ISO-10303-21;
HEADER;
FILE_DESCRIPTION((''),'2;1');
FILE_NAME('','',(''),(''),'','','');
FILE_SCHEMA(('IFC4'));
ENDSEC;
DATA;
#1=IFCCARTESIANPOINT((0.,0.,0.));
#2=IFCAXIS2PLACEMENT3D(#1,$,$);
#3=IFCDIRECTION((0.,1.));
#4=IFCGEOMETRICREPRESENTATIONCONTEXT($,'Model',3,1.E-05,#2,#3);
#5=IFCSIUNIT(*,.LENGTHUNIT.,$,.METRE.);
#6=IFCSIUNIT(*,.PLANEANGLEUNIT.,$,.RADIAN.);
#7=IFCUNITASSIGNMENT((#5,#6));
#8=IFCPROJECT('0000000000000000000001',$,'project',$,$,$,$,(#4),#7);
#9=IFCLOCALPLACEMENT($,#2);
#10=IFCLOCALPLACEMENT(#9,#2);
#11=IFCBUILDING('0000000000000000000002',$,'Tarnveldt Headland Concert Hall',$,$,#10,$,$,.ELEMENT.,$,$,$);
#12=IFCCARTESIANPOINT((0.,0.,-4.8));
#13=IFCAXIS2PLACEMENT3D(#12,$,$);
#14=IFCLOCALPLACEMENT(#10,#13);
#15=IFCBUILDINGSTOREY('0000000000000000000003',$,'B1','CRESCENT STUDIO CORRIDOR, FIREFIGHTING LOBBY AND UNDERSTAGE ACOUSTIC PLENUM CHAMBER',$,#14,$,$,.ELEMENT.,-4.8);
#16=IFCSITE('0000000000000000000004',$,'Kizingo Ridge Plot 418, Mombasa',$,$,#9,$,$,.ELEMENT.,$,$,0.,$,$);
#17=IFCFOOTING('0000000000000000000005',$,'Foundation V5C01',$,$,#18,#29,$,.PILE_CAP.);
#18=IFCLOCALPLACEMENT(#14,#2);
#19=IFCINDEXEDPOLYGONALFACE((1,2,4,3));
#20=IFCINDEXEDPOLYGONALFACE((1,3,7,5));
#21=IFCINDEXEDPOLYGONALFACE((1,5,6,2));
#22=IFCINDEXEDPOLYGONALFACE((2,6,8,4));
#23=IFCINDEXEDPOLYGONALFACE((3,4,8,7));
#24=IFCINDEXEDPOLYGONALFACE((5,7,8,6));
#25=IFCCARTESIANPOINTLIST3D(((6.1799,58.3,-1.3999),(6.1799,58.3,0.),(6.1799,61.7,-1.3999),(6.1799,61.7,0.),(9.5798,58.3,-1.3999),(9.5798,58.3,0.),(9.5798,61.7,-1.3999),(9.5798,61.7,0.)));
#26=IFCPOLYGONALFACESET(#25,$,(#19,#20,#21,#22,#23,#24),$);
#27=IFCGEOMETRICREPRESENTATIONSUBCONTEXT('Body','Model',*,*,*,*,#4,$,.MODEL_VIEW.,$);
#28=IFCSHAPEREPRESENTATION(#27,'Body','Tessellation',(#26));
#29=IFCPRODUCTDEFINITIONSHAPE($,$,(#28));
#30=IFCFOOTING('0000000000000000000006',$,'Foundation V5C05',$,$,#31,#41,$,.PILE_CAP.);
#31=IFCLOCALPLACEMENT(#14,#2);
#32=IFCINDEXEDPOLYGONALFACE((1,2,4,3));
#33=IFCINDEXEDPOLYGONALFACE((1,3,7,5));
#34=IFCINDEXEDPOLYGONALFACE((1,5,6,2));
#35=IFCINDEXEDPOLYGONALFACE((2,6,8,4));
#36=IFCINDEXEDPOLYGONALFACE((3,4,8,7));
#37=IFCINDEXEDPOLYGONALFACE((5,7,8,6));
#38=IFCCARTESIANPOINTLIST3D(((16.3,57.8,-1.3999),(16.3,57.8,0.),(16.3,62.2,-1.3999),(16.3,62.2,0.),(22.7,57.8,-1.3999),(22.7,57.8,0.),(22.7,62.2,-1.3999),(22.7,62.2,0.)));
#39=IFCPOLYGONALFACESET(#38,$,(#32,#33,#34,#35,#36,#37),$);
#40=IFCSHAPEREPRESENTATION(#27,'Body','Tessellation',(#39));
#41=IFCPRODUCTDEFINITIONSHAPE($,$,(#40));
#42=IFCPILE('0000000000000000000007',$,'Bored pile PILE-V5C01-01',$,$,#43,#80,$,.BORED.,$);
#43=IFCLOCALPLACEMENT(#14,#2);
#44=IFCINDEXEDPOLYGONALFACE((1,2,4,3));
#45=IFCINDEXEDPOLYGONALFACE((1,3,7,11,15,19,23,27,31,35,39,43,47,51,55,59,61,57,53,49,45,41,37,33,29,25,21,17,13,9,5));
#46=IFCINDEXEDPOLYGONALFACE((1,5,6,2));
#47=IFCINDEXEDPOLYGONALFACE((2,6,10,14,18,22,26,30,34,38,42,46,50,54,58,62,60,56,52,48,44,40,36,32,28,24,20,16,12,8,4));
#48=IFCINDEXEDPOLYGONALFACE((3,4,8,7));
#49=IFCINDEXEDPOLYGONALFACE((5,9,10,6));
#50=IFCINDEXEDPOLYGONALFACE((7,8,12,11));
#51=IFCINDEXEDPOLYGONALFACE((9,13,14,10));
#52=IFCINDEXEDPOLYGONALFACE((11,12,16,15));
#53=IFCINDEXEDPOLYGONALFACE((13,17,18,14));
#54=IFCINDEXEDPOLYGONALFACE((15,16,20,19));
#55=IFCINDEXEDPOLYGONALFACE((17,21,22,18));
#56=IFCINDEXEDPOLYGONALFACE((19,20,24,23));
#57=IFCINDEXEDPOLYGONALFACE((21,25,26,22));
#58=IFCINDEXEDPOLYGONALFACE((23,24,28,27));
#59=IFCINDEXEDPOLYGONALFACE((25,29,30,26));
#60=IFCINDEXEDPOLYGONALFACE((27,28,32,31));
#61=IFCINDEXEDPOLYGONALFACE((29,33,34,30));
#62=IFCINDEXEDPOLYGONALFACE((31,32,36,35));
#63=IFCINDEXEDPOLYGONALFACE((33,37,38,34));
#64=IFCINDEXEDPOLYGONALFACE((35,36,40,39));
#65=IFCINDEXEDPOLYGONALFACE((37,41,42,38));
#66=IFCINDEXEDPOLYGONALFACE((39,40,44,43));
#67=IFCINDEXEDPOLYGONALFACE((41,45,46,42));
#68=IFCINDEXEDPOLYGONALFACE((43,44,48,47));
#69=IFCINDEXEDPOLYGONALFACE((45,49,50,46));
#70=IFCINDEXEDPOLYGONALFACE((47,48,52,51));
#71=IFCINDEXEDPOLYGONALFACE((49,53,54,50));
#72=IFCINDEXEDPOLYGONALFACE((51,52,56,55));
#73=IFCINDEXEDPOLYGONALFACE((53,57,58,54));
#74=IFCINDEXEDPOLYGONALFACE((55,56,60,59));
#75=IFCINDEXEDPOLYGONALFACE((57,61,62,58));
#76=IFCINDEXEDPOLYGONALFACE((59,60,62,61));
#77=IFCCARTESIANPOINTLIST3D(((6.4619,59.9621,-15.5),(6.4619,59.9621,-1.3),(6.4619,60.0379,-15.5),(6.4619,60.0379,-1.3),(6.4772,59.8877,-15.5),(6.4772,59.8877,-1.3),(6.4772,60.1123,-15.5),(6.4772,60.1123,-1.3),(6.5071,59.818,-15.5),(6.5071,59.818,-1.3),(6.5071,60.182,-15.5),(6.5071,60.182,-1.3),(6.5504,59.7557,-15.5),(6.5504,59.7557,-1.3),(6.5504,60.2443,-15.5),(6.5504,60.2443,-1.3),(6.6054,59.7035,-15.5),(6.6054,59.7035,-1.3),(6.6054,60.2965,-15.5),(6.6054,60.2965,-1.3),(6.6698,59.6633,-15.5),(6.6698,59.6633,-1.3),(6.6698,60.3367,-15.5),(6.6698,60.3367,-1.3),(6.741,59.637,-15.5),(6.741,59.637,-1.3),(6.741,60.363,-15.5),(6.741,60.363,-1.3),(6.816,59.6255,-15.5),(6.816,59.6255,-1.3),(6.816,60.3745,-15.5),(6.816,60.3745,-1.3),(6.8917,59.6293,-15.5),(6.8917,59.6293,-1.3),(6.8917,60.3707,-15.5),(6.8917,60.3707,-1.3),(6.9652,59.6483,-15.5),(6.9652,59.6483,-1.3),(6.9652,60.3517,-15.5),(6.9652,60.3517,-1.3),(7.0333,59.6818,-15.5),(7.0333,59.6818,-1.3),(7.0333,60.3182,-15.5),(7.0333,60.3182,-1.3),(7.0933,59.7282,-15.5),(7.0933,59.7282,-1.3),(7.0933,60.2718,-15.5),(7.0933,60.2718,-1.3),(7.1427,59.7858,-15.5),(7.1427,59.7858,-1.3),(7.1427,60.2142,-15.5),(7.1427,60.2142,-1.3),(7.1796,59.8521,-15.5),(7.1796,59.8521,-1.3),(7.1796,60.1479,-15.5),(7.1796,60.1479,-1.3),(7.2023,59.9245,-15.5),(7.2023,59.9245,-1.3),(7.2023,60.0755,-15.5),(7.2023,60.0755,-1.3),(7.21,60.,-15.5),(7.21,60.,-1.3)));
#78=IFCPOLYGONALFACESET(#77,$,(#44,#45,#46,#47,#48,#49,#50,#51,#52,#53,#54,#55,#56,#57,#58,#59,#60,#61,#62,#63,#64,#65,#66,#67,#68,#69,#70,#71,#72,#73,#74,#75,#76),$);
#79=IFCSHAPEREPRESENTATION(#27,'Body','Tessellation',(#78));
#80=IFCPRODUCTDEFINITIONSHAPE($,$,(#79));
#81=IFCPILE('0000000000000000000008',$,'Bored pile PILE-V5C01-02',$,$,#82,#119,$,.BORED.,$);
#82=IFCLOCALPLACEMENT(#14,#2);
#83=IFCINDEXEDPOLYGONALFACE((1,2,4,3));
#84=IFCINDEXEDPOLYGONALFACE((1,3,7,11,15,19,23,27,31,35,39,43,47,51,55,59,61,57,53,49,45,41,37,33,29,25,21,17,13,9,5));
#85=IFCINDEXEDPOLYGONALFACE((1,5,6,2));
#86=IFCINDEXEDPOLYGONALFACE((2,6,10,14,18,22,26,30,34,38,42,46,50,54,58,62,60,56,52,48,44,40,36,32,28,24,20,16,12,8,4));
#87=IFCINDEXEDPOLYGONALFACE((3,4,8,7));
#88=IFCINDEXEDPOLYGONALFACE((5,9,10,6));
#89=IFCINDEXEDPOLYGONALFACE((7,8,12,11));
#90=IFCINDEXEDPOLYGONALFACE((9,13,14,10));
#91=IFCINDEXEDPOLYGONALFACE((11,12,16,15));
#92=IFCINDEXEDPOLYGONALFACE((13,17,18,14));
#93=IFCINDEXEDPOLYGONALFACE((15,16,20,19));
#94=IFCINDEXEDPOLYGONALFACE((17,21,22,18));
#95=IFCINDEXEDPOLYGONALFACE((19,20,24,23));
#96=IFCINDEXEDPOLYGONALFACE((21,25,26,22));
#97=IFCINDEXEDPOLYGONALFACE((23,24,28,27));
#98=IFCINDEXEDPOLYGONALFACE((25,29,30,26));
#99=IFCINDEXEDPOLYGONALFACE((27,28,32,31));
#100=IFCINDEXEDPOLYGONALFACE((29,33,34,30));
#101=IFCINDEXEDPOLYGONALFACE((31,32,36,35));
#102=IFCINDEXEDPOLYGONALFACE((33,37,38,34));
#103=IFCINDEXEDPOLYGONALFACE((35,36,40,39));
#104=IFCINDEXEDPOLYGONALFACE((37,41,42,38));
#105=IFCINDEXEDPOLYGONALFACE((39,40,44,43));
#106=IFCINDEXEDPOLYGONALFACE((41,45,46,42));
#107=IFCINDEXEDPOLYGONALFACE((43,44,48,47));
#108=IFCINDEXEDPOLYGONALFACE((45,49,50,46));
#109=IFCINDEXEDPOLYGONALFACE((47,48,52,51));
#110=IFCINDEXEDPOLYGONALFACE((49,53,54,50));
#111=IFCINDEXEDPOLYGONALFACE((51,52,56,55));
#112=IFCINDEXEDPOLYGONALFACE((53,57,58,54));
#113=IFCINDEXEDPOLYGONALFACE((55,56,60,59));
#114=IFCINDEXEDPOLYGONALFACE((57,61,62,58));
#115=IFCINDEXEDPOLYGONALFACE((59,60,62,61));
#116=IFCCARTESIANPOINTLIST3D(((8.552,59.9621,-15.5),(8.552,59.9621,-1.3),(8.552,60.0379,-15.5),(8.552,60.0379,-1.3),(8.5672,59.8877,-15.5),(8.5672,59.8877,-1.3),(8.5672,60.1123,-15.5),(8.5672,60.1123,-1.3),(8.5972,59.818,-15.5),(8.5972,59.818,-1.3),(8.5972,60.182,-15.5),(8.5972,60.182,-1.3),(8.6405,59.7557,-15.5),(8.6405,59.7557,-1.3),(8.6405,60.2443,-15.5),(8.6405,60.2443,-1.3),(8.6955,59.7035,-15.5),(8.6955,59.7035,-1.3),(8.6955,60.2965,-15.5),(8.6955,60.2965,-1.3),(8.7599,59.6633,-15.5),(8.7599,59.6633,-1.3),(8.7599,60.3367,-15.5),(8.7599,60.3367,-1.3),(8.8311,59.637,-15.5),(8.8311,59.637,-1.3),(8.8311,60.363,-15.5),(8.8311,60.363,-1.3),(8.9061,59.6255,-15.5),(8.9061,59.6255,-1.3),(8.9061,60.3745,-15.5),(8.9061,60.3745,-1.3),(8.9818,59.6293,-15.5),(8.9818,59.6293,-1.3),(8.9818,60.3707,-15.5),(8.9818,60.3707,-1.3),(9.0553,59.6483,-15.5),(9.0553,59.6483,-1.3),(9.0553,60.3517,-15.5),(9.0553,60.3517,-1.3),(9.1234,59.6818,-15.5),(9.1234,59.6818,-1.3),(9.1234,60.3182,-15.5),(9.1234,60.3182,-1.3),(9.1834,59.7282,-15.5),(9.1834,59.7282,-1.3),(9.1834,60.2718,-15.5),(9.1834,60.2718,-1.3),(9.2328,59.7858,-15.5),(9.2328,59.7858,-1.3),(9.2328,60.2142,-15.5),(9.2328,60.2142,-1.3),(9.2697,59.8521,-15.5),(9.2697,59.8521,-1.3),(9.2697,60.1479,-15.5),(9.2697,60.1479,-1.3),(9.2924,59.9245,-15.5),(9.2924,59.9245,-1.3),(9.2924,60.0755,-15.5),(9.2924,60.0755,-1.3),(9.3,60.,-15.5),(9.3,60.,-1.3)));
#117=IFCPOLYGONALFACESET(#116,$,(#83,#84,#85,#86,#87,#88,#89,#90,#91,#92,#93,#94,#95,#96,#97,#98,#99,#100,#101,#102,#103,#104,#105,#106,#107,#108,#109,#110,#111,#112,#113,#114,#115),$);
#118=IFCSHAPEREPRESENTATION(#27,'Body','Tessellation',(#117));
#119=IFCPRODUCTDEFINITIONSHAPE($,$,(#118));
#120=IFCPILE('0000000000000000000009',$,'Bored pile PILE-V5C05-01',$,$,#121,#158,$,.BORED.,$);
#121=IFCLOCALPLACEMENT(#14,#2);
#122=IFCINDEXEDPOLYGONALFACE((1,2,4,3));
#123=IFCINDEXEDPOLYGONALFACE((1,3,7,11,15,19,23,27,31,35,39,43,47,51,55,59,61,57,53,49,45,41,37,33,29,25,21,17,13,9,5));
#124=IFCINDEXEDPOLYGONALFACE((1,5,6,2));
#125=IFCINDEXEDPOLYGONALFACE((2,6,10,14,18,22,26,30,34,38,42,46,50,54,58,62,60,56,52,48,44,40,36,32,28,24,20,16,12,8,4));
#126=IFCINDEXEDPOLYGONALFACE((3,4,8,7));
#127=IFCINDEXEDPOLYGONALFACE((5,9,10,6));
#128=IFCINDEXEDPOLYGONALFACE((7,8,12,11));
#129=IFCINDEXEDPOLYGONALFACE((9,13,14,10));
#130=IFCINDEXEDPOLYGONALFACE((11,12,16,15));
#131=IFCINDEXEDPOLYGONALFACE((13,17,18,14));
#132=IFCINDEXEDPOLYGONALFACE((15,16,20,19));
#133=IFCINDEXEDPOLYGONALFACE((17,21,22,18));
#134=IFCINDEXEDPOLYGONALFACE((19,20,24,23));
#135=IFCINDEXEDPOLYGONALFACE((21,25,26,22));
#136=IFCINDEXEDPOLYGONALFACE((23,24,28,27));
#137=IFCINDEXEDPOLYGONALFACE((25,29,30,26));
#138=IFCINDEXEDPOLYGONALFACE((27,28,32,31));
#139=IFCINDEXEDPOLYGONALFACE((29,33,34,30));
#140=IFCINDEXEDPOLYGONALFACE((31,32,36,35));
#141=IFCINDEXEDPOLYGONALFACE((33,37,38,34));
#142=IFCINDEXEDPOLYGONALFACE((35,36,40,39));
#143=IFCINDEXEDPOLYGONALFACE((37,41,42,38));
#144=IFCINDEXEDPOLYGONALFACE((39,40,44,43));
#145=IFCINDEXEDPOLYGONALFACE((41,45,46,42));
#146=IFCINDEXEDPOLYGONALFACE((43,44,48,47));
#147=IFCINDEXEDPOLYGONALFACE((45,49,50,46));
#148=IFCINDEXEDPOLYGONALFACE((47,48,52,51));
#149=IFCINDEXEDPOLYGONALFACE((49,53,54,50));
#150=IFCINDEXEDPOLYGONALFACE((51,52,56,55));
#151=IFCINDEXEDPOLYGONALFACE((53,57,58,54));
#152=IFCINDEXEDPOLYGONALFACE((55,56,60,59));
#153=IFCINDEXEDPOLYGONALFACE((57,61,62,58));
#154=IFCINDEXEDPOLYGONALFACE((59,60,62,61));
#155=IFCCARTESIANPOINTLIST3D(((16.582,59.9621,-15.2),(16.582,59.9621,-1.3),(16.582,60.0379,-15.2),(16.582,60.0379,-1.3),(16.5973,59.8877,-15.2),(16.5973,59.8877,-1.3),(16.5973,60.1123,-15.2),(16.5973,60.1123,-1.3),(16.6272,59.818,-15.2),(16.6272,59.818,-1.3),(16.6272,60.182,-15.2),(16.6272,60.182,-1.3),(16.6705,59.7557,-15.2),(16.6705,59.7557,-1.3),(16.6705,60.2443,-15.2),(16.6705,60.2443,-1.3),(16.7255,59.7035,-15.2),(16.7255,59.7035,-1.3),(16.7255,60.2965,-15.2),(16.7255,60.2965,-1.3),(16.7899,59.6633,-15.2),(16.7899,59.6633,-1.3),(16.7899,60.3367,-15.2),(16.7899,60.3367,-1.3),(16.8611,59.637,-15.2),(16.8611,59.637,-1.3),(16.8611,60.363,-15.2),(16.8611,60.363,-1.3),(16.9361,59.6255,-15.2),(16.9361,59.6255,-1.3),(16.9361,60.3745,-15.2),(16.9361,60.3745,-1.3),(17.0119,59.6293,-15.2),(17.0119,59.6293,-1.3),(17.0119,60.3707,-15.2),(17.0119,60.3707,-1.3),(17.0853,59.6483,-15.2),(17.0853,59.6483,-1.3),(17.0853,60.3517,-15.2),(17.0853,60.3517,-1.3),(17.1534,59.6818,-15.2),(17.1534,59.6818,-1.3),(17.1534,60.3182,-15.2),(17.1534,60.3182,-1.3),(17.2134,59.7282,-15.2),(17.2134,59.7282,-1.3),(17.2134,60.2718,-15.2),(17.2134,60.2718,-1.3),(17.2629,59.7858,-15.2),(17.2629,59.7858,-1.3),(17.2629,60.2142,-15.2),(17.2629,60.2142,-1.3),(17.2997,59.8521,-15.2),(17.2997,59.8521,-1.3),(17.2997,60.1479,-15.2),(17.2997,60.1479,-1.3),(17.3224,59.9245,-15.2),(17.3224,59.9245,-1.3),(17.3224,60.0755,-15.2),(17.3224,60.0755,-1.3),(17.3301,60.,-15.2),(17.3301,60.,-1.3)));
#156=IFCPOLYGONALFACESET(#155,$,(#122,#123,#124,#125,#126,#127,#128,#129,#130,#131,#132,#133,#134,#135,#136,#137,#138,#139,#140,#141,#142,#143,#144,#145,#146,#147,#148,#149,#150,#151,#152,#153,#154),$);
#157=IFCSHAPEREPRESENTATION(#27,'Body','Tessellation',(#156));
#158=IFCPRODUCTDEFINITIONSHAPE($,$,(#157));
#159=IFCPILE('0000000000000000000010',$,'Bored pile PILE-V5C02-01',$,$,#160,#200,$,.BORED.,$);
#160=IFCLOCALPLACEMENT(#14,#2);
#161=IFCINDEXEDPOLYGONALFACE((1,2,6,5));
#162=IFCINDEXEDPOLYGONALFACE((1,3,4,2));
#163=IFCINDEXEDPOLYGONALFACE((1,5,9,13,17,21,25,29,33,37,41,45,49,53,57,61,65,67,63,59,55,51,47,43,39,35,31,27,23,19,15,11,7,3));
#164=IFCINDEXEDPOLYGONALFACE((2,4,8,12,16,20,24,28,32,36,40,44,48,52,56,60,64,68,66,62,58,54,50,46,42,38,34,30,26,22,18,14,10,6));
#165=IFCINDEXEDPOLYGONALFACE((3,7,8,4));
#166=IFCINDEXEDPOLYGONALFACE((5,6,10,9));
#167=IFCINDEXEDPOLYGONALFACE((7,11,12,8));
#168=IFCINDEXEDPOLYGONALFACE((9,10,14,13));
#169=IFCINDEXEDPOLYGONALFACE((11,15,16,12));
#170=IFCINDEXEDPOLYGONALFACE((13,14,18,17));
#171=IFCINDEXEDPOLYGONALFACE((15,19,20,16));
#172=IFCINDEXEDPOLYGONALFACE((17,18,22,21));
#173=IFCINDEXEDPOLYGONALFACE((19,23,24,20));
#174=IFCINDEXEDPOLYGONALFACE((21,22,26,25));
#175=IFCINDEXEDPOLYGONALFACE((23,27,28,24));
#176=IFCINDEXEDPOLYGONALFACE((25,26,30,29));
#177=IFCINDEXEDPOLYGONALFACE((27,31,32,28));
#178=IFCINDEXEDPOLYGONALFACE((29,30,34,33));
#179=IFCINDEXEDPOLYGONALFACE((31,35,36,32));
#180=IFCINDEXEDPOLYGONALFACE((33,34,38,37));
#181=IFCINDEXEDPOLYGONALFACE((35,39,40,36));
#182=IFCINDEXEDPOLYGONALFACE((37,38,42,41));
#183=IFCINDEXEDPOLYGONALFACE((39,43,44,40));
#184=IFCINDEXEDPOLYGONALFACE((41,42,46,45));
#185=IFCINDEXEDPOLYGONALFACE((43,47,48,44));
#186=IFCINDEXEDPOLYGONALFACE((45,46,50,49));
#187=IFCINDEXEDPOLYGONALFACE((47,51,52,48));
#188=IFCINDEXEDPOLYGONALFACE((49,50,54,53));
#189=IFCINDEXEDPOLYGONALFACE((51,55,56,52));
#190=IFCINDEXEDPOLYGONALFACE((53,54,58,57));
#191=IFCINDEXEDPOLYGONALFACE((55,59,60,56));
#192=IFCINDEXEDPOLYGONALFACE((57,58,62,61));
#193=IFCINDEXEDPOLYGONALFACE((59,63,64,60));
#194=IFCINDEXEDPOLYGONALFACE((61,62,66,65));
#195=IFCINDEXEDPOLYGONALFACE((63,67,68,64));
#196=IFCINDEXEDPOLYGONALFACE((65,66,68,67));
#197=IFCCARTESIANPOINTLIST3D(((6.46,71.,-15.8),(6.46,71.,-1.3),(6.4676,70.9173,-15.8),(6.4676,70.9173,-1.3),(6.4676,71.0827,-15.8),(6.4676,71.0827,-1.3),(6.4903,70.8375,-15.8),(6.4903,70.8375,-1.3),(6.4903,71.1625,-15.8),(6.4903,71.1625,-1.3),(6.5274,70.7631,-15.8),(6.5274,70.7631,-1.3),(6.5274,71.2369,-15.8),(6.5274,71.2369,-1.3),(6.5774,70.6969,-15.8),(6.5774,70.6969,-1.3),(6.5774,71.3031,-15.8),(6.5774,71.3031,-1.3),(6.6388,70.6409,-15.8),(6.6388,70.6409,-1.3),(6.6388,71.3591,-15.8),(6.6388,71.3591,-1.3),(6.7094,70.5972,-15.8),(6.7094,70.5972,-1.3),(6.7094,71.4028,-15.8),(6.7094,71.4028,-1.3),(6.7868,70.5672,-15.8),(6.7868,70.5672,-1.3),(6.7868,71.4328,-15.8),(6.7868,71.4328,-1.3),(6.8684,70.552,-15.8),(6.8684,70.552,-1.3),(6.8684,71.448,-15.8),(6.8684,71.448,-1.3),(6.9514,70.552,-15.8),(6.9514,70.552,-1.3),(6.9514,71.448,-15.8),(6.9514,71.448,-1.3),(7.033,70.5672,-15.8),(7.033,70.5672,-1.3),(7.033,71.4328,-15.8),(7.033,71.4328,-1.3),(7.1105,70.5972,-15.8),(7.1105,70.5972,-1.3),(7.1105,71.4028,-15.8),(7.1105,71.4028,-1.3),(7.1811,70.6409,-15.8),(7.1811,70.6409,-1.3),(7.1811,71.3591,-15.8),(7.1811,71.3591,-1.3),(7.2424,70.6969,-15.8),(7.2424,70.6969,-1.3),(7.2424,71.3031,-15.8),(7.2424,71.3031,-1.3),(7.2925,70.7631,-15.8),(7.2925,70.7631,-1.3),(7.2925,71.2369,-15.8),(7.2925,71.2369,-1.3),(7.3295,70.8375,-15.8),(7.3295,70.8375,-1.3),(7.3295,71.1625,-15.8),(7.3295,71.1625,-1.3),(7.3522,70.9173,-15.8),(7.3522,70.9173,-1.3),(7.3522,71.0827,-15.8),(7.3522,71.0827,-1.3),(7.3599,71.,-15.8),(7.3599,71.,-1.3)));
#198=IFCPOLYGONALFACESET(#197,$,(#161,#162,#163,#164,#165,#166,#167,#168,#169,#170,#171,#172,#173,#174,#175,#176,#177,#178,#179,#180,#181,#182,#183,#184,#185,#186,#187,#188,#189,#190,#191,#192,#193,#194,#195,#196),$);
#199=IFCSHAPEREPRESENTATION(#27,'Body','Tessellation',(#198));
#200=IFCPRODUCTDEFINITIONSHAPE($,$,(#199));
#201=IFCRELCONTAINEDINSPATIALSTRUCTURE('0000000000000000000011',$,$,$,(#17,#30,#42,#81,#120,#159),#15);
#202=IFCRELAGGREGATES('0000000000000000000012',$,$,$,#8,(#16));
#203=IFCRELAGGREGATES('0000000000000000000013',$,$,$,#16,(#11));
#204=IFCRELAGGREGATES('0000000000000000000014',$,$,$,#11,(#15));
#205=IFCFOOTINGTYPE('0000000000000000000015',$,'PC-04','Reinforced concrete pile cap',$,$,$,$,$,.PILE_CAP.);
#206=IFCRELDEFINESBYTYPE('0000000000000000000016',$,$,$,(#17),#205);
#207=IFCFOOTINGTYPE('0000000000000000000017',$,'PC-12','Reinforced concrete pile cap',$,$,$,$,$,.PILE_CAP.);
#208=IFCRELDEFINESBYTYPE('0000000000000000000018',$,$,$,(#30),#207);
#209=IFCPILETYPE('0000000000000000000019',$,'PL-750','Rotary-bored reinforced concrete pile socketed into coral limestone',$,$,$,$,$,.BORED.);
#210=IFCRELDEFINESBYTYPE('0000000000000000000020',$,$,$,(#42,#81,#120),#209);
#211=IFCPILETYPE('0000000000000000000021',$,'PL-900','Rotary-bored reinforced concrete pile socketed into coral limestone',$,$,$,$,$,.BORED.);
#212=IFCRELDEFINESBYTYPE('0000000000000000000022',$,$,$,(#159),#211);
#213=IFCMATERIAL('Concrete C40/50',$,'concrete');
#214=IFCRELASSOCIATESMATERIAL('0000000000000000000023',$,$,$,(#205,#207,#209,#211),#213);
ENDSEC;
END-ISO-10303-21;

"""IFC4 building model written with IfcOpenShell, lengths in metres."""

from ifc_helpers import new_model, si_unit, direction, frame, origin, origin_2d, place, context, subcontext, project, spatial, rectangle, circle, extrude, material, material_profile, profile_set, type_object, element, save


model = new_model("IFC4")

# Units and contexts
model_context = context("Model", 3, precision=1e-05, world=origin(), true_north=direction((0.0, 1.0)))
body_context = subcontext(model_context, "Body", "Model", "MODEL_VIEW")
ifc_project = project(units=[si_unit("LENGTHUNIT", "METRE"), si_unit("PLANEANGLEUNIT", "RADIAN")], contexts=[model_context])

# Site, building, storey
site_placement = place(None, origin())
site = spatial("IfcSite", under=ifc_project, at=site_placement, Name="Kizingo Ridge Plot 418, Mombasa", CompositionType="ELEMENT", RefElevation=0.0)
building_placement = place(site_placement, origin())
building = spatial("IfcBuilding", under=site, at=building_placement, Name="Tarnveldt Headland Concert Hall", CompositionType="ELEMENT")
storey_placement = place(building_placement, frame((0.0, 0.0, -4.8)))
storey = spatial("IfcBuildingStorey", under=building, at=storey_placement, Name="B1", Description="CRESCENT STUDIO CORRIDOR, FIREFIGHTING LOBBY AND UNDERSTAGE ACOUSTIC PLENUM CHAMBER", CompositionType="ELEMENT", Elevation=-4.8)

# Footings
ifc_material_1 = material(Name="Concrete C40/50", Category="concrete")
footing_type_1 = type_object("IfcFootingType", Name="PC-04", Description="Reinforced concrete pile cap", PredefinedType="PILE_CAP", material=ifc_material_1)
footing_1_placement = place(storey_placement, frame((7.8799, 60.0, -1.3999), z_axis=(0.0, 0.0, 1.0), x_axis=(1.0, 0.0, 0.0)))
element("IfcFooting", 1, at=footing_1_placement, inside=storey, type_object=footing_type_1, Name="Foundation V5C01", PredefinedType="PILE_CAP", context=body_context, shape_type="SweptSolid", body=[
    extrude(rectangle(XDim=3.3999, YDim=3.3999, at=origin_2d()), origin(), (0.0, 0.0, 1.0), 1.3999),
])
footing_type_2 = type_object("IfcFootingType", Name="PC-12", Description="Reinforced concrete pile cap", PredefinedType="PILE_CAP", material=ifc_material_1)
footing_2_placement = place(storey_placement, frame((19.5, 60.0, -1.3999), z_axis=(0.0, 0.0, 1.0), x_axis=(1.0, 0.0, 0.0)))
element("IfcFooting", 2, at=footing_2_placement, inside=storey, type_object=footing_type_2, Name="Foundation V5C05", PredefinedType="PILE_CAP", context=body_context, shape_type="SweptSolid", body=[
    extrude(rectangle(XDim=6.3999, YDim=4.3999, at=origin_2d()), origin(), (0.0, 0.0, 1.0), 1.3999),
])

# Piles
ifc_material_profile_1 = material_profile(ifc_material_1, circle(Radius=0.375, at=origin_2d()), Name="BORED PILE D750", Category="concrete")
ifc_profile_set_1 = profile_set([ifc_material_profile_1], Name="Concrete C40/50")
pile_type_1 = type_object("IfcPileType", Name="PL-750", Description="Rotary-bored reinforced concrete pile socketed into coral limestone", PredefinedType="BORED", material=ifc_profile_set_1)
for number, where, z_axis, x_axis, name in (
    (3, (6.835, 60.0, -1.3), (0.0, 0.0, -1.0), (1.0, 0.0, 0.0), "Bored pile PILE-V5C01-01"),
    (4, (8.925, 60.0, -1.3), (0.0, 0.0, -1.0), (1.0, 0.0, 0.0), "Bored pile PILE-V5C01-02"),
):
    element("IfcPile", number, at=place(storey_placement, frame(where, z_axis=z_axis, x_axis=x_axis)), inside=storey, type_object=pile_type_1, Name=name, PredefinedType="BORED", context=body_context, shape_type="SweptSolid", body=[
        extrude(circle(Radius=0.375, at=origin_2d()), origin(), (0.0, 0.0, 1.0), 14.2),
    ])
pile_1_placement = place(storey_placement, frame((16.9551, 60.0, -1.3), z_axis=(0.0, 0.0, -1.0), x_axis=(1.0, 0.0, 0.0)))
element("IfcPile", 5, at=pile_1_placement, inside=storey, type_object=pile_type_1, Name="Bored pile PILE-V5C05-01", PredefinedType="BORED", context=body_context, shape_type="SweptSolid", body=[
    extrude(circle(Radius=0.375, at=origin_2d()), origin(), (0.0, 0.0, 1.0), 13.8999),
])
ifc_material_profile_2 = material_profile(ifc_material_1, circle(Radius=0.45, at=origin_2d()), Name="BORED PILE D900", Category="concrete")
ifc_profile_set_2 = profile_set([ifc_material_profile_2], Name="Concrete C40/50")
pile_type_2 = type_object("IfcPileType", Name="PL-900", Description="Rotary-bored reinforced concrete pile socketed into coral limestone", PredefinedType="BORED", material=ifc_profile_set_2)
pile_2_placement = place(storey_placement, frame((6.9099, 71.0, -1.3), z_axis=(0.0, 0.0, -1.0), x_axis=(1.0, 0.0, 0.0)))
element("IfcPile", 6, at=pile_2_placement, inside=storey, type_object=pile_type_2, Name="Bored pile PILE-V5C02-01", PredefinedType="BORED", context=body_context, shape_type="SweptSolid", body=[
    extrude(circle(Radius=0.45, at=origin_2d()), origin(), (0.0, 0.0, 1.0), 14.5),
])

save(model, "model.ifc")
